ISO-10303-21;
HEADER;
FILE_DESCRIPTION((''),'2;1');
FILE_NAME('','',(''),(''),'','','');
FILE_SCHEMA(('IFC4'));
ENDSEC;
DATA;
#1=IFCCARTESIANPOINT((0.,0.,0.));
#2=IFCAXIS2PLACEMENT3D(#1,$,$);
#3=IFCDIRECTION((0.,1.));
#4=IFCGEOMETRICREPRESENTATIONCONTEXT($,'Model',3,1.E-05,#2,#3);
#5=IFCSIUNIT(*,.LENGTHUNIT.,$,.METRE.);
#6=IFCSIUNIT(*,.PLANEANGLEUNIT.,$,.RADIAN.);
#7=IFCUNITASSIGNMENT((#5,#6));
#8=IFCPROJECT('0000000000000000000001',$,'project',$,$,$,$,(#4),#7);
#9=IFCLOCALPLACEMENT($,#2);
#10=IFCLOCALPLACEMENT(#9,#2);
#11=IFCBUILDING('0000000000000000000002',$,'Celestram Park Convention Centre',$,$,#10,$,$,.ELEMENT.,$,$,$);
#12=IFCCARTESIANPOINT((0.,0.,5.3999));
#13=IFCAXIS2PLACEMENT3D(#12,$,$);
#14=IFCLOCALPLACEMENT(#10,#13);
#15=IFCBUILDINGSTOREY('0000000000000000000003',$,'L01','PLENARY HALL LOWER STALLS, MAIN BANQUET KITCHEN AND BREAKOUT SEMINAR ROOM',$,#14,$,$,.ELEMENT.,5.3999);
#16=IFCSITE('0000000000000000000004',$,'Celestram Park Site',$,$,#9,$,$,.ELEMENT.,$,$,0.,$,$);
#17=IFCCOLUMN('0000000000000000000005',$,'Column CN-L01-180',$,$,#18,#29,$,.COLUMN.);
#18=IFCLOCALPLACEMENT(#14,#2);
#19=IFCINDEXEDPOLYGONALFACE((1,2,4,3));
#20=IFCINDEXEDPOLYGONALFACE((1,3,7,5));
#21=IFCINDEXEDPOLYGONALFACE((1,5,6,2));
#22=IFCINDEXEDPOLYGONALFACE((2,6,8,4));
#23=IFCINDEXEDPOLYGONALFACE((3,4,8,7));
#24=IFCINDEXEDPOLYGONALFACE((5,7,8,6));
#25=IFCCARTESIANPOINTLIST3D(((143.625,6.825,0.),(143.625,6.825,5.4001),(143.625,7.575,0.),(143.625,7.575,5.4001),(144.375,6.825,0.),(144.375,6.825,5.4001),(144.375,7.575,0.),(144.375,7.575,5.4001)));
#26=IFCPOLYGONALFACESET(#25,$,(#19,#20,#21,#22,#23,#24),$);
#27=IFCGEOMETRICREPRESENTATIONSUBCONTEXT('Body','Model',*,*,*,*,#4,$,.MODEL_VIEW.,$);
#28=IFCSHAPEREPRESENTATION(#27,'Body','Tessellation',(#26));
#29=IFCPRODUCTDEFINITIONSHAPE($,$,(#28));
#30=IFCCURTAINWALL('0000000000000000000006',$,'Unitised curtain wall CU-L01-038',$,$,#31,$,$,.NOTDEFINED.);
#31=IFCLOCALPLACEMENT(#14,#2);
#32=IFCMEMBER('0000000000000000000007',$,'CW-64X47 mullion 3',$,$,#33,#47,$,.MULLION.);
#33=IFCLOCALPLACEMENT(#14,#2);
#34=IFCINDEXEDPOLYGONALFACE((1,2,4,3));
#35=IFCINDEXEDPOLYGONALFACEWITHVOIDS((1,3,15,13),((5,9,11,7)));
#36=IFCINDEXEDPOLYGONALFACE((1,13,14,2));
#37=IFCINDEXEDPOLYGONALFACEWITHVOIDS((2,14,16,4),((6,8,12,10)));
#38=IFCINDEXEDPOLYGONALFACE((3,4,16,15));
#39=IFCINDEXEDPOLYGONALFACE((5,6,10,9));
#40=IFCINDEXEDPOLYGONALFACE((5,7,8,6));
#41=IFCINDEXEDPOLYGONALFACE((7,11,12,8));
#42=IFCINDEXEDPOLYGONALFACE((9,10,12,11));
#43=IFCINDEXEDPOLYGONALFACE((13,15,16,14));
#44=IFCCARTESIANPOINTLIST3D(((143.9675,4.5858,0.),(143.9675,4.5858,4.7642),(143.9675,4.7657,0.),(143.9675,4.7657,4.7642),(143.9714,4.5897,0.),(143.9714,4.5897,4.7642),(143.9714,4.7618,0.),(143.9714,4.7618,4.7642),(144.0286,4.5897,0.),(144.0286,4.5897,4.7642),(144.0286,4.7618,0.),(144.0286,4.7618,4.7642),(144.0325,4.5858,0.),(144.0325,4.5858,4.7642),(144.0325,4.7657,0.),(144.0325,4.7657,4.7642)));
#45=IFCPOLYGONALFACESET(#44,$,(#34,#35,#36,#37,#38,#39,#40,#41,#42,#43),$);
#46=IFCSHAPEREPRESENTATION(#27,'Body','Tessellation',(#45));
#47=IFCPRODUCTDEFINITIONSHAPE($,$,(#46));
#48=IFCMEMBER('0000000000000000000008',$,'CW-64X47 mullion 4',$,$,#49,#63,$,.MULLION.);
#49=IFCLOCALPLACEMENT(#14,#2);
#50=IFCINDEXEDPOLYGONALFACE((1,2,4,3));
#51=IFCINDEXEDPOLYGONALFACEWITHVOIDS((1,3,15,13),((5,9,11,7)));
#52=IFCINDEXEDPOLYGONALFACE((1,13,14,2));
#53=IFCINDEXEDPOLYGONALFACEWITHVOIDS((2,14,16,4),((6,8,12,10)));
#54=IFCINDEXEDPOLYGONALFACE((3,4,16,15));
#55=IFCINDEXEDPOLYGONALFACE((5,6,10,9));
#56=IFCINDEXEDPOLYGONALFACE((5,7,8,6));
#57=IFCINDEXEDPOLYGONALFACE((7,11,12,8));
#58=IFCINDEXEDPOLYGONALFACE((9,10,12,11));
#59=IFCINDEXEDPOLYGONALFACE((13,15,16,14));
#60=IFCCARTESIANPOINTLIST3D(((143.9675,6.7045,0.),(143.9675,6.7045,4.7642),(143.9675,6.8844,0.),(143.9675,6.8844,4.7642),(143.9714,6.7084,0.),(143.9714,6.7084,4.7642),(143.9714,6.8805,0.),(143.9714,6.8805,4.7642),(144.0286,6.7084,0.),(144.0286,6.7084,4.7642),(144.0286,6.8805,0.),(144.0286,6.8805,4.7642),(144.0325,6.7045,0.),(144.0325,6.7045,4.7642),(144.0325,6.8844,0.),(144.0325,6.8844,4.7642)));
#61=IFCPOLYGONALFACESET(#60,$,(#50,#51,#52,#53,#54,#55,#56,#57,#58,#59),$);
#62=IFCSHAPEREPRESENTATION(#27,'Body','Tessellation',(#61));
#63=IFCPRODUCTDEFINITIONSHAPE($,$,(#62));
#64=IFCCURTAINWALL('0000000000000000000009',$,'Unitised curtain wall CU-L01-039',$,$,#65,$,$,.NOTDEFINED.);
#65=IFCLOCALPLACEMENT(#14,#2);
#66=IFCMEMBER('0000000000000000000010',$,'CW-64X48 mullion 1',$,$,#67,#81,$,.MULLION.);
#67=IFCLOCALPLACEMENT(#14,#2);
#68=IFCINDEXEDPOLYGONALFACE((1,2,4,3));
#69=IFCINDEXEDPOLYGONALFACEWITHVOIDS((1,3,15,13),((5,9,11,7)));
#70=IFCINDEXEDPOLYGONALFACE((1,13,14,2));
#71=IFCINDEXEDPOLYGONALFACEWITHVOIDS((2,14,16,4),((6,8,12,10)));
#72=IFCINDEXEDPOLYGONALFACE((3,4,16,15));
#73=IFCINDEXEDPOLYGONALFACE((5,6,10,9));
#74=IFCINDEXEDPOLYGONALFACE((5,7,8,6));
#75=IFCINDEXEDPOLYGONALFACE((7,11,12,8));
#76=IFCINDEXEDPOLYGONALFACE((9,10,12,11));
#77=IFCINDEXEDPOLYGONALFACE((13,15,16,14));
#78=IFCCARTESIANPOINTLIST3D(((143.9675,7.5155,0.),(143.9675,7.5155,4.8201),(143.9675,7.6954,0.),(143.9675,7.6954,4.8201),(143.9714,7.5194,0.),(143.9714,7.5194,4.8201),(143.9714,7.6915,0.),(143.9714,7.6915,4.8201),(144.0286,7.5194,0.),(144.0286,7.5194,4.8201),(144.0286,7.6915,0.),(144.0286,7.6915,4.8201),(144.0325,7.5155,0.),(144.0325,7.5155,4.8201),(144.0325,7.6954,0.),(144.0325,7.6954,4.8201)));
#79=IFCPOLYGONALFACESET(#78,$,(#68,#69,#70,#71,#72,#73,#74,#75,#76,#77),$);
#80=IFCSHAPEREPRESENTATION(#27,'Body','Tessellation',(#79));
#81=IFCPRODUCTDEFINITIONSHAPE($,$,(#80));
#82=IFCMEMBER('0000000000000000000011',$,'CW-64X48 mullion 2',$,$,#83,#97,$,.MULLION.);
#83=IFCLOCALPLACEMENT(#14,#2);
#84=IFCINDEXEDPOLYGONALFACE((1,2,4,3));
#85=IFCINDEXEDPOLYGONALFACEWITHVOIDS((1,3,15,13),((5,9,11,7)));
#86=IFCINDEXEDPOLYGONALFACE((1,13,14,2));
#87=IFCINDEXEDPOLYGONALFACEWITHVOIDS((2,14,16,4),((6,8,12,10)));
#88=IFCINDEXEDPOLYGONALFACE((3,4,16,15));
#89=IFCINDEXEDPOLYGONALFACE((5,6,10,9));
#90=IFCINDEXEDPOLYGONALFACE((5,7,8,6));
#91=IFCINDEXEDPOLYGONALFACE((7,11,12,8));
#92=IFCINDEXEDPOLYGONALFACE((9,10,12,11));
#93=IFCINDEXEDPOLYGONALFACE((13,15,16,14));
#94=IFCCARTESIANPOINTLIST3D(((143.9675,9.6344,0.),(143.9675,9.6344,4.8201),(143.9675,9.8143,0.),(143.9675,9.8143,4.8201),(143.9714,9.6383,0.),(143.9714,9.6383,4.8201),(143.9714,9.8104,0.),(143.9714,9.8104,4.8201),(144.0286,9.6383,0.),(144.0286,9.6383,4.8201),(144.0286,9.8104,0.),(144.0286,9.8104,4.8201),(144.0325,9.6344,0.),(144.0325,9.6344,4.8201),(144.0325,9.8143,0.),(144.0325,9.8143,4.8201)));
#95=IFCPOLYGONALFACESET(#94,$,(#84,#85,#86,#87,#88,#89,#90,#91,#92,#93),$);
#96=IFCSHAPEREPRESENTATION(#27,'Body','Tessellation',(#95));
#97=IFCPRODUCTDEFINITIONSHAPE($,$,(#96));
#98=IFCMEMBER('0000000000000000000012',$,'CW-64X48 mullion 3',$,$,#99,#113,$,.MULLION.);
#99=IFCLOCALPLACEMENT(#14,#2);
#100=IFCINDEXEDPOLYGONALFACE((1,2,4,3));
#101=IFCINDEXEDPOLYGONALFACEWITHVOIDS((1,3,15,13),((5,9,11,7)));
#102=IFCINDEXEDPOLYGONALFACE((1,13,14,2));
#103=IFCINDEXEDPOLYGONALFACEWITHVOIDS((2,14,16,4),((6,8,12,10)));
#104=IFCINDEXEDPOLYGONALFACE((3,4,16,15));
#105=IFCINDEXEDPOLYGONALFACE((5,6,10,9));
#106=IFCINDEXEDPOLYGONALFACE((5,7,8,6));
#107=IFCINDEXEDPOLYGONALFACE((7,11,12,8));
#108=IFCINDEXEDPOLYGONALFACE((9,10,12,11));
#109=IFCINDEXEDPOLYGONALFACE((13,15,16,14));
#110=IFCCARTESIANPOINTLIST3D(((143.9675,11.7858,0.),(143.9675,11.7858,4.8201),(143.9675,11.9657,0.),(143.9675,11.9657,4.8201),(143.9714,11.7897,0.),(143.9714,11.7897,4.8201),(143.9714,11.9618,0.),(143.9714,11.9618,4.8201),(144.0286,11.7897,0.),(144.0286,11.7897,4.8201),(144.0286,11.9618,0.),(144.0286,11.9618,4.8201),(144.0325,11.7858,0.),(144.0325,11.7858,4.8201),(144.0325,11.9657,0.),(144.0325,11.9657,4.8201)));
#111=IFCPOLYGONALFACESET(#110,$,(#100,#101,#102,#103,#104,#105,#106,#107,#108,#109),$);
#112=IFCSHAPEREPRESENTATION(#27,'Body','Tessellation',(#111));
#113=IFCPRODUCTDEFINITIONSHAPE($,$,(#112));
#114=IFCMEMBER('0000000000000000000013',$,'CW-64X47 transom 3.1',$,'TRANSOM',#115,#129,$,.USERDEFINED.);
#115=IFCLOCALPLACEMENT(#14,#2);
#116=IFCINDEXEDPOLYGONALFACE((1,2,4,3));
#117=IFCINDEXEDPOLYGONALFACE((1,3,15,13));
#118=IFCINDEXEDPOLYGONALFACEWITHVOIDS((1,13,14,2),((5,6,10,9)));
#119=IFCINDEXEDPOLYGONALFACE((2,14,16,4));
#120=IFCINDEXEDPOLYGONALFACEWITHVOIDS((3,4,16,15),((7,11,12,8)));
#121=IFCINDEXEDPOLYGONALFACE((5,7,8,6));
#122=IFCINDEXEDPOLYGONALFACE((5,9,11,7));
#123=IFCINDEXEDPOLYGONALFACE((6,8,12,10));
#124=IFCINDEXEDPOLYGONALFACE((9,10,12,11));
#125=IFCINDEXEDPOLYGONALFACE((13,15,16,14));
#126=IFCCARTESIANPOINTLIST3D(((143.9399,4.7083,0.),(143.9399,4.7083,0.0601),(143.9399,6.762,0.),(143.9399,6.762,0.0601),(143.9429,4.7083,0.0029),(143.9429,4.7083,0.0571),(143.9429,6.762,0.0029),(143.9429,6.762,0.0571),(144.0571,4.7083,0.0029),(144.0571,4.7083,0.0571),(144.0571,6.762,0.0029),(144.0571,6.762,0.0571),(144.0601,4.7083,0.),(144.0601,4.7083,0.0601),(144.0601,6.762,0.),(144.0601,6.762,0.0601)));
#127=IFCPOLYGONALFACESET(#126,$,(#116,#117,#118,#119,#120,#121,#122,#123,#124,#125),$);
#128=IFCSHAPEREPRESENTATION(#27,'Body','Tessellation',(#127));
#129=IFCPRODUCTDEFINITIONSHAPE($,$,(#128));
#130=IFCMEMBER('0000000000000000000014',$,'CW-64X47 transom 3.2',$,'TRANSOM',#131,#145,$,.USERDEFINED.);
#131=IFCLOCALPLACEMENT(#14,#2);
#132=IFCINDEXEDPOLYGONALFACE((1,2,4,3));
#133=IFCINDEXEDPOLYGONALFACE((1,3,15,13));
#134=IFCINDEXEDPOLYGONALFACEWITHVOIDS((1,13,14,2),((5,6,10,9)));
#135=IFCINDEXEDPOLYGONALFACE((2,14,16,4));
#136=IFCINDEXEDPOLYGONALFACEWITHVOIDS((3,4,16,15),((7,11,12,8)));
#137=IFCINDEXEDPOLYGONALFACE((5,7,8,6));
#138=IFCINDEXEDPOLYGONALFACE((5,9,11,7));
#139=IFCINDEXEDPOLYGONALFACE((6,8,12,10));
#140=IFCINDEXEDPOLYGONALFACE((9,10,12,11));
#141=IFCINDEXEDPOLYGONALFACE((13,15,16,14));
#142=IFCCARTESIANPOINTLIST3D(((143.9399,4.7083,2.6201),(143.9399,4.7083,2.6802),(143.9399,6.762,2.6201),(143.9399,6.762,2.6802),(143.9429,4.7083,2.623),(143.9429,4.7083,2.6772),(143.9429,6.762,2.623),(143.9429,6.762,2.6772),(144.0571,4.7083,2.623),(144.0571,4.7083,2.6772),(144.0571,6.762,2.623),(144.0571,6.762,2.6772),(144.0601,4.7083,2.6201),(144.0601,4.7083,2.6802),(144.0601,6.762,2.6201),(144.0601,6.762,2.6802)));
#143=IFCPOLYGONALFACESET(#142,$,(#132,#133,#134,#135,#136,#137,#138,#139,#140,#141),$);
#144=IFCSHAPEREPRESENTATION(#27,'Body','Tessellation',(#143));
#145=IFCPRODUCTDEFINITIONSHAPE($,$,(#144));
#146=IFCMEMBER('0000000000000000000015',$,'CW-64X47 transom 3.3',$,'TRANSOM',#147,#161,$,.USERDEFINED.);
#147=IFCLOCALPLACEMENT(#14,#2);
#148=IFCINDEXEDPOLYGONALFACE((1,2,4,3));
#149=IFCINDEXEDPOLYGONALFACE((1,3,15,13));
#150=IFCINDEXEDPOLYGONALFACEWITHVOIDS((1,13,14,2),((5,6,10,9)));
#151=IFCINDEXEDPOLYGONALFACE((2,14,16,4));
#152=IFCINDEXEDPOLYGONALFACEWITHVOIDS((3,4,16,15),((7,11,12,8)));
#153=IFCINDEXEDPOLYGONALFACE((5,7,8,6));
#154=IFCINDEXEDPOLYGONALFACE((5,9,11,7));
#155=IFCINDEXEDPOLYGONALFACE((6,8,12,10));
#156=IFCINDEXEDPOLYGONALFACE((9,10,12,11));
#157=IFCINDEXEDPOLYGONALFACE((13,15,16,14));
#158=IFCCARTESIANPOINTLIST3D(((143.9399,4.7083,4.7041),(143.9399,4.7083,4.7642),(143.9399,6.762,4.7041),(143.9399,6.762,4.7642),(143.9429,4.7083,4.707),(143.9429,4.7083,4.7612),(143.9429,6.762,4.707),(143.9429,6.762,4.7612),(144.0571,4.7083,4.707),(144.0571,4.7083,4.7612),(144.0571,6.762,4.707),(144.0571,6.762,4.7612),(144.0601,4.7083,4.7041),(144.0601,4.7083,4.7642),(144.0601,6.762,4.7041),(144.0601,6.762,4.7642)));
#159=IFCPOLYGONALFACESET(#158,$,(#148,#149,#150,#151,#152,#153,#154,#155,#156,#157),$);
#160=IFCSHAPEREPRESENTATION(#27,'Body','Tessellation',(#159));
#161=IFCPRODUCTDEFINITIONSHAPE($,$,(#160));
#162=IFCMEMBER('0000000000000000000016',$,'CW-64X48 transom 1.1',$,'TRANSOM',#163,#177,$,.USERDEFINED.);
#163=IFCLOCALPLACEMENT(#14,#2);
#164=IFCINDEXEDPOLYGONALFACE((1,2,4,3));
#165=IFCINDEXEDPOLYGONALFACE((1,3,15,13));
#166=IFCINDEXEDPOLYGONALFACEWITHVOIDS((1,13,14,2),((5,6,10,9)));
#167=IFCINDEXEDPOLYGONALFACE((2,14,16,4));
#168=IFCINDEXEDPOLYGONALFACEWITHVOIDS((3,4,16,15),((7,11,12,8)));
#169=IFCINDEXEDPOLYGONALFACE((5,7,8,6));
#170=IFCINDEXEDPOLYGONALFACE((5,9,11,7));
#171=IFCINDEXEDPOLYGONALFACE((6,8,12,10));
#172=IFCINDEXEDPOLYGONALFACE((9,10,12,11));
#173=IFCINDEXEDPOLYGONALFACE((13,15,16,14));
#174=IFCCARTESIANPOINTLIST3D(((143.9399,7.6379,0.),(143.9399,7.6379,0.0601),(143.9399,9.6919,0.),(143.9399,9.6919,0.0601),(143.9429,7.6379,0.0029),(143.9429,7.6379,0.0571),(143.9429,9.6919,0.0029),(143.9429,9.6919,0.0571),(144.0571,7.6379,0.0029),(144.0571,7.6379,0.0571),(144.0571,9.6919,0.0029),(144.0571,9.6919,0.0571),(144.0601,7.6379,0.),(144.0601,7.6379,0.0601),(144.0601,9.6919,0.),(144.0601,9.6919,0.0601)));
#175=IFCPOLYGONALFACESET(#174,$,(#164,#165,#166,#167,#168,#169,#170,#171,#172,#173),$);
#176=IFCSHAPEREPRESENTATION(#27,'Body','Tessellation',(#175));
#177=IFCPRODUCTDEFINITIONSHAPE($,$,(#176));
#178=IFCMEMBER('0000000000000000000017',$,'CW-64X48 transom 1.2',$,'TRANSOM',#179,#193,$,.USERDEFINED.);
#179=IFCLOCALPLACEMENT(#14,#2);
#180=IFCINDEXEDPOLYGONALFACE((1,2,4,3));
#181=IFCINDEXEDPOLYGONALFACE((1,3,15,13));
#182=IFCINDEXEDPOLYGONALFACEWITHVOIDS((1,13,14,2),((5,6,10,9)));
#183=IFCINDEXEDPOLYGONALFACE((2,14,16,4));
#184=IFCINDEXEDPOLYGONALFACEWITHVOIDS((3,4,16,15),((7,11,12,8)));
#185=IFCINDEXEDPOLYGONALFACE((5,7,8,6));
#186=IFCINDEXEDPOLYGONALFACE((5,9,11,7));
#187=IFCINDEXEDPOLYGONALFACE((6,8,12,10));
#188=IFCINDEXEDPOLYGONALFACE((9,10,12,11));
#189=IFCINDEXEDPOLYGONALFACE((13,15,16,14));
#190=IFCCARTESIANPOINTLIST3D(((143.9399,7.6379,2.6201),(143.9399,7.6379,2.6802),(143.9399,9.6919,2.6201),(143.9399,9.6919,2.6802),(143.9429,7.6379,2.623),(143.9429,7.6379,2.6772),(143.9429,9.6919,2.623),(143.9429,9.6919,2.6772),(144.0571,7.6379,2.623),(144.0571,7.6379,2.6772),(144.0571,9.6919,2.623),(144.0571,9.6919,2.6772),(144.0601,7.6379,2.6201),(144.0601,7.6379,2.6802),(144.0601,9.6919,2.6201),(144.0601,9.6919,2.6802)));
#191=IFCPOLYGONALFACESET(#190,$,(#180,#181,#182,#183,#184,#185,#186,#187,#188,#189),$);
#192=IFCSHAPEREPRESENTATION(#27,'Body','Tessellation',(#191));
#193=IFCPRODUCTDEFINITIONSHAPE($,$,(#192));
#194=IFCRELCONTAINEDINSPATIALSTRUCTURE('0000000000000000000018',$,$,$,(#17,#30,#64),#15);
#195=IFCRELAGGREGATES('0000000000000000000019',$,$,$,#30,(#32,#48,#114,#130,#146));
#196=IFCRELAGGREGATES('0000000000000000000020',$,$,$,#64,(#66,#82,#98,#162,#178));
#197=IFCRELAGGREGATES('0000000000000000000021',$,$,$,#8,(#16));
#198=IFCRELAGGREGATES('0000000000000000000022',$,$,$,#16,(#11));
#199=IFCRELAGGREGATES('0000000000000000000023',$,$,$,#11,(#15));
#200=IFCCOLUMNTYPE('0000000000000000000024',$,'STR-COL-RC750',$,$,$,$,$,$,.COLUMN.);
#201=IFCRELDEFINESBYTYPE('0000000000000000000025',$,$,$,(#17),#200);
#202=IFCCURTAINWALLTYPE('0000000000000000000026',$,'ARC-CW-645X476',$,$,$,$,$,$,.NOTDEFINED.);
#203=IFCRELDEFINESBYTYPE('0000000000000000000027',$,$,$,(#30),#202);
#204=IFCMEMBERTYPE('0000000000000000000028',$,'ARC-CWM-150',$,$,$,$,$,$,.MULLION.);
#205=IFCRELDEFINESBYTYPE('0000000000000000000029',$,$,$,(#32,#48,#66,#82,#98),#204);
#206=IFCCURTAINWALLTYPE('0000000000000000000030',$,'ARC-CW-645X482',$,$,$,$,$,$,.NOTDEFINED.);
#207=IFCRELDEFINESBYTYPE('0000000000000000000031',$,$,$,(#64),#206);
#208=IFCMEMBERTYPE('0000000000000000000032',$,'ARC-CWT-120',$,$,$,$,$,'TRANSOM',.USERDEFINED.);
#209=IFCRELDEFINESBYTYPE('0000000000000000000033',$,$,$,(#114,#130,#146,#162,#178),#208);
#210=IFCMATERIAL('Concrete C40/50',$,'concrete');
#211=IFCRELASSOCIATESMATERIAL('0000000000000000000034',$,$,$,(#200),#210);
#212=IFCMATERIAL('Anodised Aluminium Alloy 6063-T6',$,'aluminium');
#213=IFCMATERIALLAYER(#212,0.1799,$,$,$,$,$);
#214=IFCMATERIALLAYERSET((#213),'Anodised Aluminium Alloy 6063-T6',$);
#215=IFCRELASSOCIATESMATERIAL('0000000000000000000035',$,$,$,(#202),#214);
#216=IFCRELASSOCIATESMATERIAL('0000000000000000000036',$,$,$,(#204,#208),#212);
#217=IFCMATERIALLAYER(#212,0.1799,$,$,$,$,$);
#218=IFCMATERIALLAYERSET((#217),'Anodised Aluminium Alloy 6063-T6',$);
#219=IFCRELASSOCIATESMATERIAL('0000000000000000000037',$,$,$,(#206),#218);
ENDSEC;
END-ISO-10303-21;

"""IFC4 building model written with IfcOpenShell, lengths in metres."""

from ifc_helpers import new_model, si_unit, direction, frame, origin, origin_2d, place, context, subcontext, project, spatial, rectangle, hollow_rectangle, extrude, material, layer, layer_set, material_profile, profile_set, type_object, element, aggregate, save


model = new_model("IFC4")

# Units and contexts
model_context = context("Model", 3, precision=1e-05, world=origin(), true_north=direction((0.0, 1.0)))
body_context = subcontext(model_context, "Body", "Model", "MODEL_VIEW")
ifc_project = project(units=[si_unit("LENGTHUNIT", "METRE"), si_unit("PLANEANGLEUNIT", "RADIAN")], contexts=[model_context])

# Site, building, storey
site_placement = place(None, origin())
site = spatial("IfcSite", under=ifc_project, at=site_placement, Name="Celestram Park Site", CompositionType="ELEMENT", RefElevation=0.0)
building_placement = place(site_placement, origin())
building = spatial("IfcBuilding", under=site, at=building_placement, Name="Celestram Park Convention Centre", CompositionType="ELEMENT")
storey_placement = place(building_placement, frame((0.0, 0.0, 5.3999)))
storey = spatial("IfcBuildingStorey", under=building, at=storey_placement, Name="L01", Description="PLENARY HALL LOWER STALLS, MAIN BANQUET KITCHEN AND BREAKOUT SEMINAR ROOM", CompositionType="ELEMENT", Elevation=5.3999)

# Column
ifc_material_1 = material(Name="Concrete C40/50", Category="concrete")
ifc_material_profile_1 = material_profile(ifc_material_1, rectangle(XDim=0.75, YDim=0.75, at=origin_2d()), Name="RC750X750")
ifc_profile_set_1 = profile_set([ifc_material_profile_1], Name="Concrete C40/50")
column_type = type_object("IfcColumnType", Name="STR-COL-RC750", PredefinedType="COLUMN", material=ifc_profile_set_1)
column_placement = place(storey_placement, frame((144.0, 7.2, 0.0), z_axis=(0.0, 0.0, 1.0), x_axis=(1.0, 0.0, 0.0)))
element("IfcColumn", 1, at=column_placement, inside=storey, type_object=column_type, Name="Column CN-L01-180", PredefinedType="COLUMN", context=body_context, shape_type="SweptSolid", body=[
    extrude(rectangle(XDim=0.75, YDim=0.75, at=origin_2d()), origin(), (0.0, 0.0, 1.0), 5.4001),
])

# Curtain walls, members
ifc_material_2 = material(Name="Anodised Aluminium Alloy 6063-T6", Category="aluminium")
ifc_layer_1 = layer(ifc_material_2, 0.1799)
ifc_layer_set_1 = layer_set([ifc_layer_1], Name="Anodised Aluminium Alloy 6063-T6")
curtain_wall_type_1 = type_object("IfcCurtainWallType", Name="ARC-CW-645X476", PredefinedType="NOTDEFINED", material=ifc_layer_set_1)
curtain_wall_1_placement = place(storey_placement, origin())
curtain_wall_1 = element("IfcCurtainWall", 2, at=curtain_wall_1_placement, inside=storey, type_object=curtain_wall_type_1, Name="Unitised curtain wall CU-L01-038", PredefinedType="NOTDEFINED")
ifc_material_profile_2 = material_profile(ifc_material_2, hollow_rectangle(XDim=0.0649, YDim=0.1799, WallThickness=0.0039, at=origin_2d()), Name="ALU65X180X4")
ifc_profile_set_2 = profile_set([ifc_material_profile_2], Name="Anodised Aluminium Alloy 6063-T6")
member_type_1 = type_object("IfcMemberType", Name="ARC-CWM-150", PredefinedType="MULLION", material=ifc_profile_set_2)
member_1_placement = place(storey_placement, frame((144.0, 4.6758, 0.0), z_axis=(0.0, 0.0, 1.0), x_axis=(-1.0, 0.0, 0.0)))
member_1 = element("IfcMember", 3, at=member_1_placement, type_object=member_type_1, Name="CW-64X47 mullion 3", PredefinedType="MULLION", context=body_context, shape_type="SweptSolid", body=[
    extrude(hollow_rectangle(XDim=0.0649, YDim=0.1799, WallThickness=0.0039, at=origin_2d()), origin(), (0.0, 0.0, 1.0), 4.7642),
])
member_2_placement = place(storey_placement, frame((144.0, 6.7944, 0.0), z_axis=(0.0, 0.0, 1.0), x_axis=(-1.0, 0.0, 0.0)))
member_2 = element("IfcMember", 4, at=member_2_placement, type_object=member_type_1, Name="CW-64X47 mullion 4", PredefinedType="MULLION", context=body_context, shape_type="SweptSolid", body=[
    extrude(hollow_rectangle(XDim=0.0649, YDim=0.1799, WallThickness=0.0039, at=origin_2d()), origin(), (0.0, 0.0, 1.0), 4.7642),
])
ifc_layer_2 = layer(ifc_material_2, 0.1799)
ifc_layer_set_2 = layer_set([ifc_layer_2], Name="Anodised Aluminium Alloy 6063-T6")
curtain_wall_type_2 = type_object("IfcCurtainWallType", Name="ARC-CW-645X482", PredefinedType="NOTDEFINED", material=ifc_layer_set_2)
curtain_wall_2_placement = place(storey_placement, origin())
curtain_wall_2 = element("IfcCurtainWall", 5, at=curtain_wall_2_placement, inside=storey, type_object=curtain_wall_type_2, Name="Unitised curtain wall CU-L01-039", PredefinedType="NOTDEFINED")
member_3_placement = place(storey_placement, frame((144.0, 7.6055, 0.0), z_axis=(0.0, 0.0, 1.0), x_axis=(-1.0, 0.0, 0.0)))
member_3 = element("IfcMember", 6, at=member_3_placement, type_object=member_type_1, Name="CW-64X48 mullion 1", PredefinedType="MULLION", context=body_context, shape_type="SweptSolid", body=[
    extrude(hollow_rectangle(XDim=0.0649, YDim=0.1799, WallThickness=0.0039, at=origin_2d()), origin(), (0.0, 0.0, 1.0), 4.8201),
])
member_4_placement = place(storey_placement, frame((144.0, 9.7244, 0.0), z_axis=(0.0, 0.0, 1.0), x_axis=(-1.0, 0.0, 0.0)))
member_4 = element("IfcMember", 7, at=member_4_placement, type_object=member_type_1, Name="CW-64X48 mullion 2", PredefinedType="MULLION", context=body_context, shape_type="SweptSolid", body=[
    extrude(hollow_rectangle(XDim=0.0649, YDim=0.1799, WallThickness=0.0039, at=origin_2d()), origin(), (0.0, 0.0, 1.0), 4.8201),
])
member_5_placement = place(storey_placement, frame((144.0, 11.8757, 0.0), z_axis=(0.0, 0.0, 1.0), x_axis=(-1.0, 0.0, 0.0)))
member_5 = element("IfcMember", 8, at=member_5_placement, type_object=member_type_1, Name="CW-64X48 mullion 3", PredefinedType="MULLION", context=body_context, shape_type="SweptSolid", body=[
    extrude(hollow_rectangle(XDim=0.0649, YDim=0.1799, WallThickness=0.0039, at=origin_2d()), origin(), (0.0, 0.0, 1.0), 4.8201),
])

# Members
ifc_material_profile_3 = material_profile(ifc_material_2, hollow_rectangle(XDim=0.1201, YDim=0.0601, WallThickness=0.0029, at=origin_2d()), Name="ALU120X60X3")
ifc_profile_set_3 = profile_set([ifc_material_profile_3], Name="Anodised Aluminium Alloy 6063-T6")
member_type_2 = type_object("IfcMemberType", Name="ARC-CWT-120", ElementType="TRANSOM", PredefinedType="USERDEFINED", material=ifc_profile_set_3)
member_6_placement = place(storey_placement, frame((144.0, 4.7083, 0.03), z_axis=(0.0, 1.0, 0.0), x_axis=(-1.0, 0.0, 0.0)))
member_6 = element("IfcMember", 9, at=member_6_placement, type_object=member_type_2, Name="CW-64X47 transom 3.1", ObjectType="TRANSOM", PredefinedType="USERDEFINED", context=body_context, shape_type="SweptSolid", body=[
    extrude(hollow_rectangle(XDim=0.1201, YDim=0.0601, WallThickness=0.0029, at=origin_2d()), origin(), (0.0, 0.0, 1.0), 2.0537),
])
member_7_placement = place(storey_placement, frame((144.0, 4.7083, 2.6501), z_axis=(0.0, 1.0, 0.0), x_axis=(-1.0, 0.0, 0.0)))
member_7 = element("IfcMember", 10, at=member_7_placement, type_object=member_type_2, Name="CW-64X47 transom 3.2", ObjectType="TRANSOM", PredefinedType="USERDEFINED", context=body_context, shape_type="SweptSolid", body=[
    extrude(hollow_rectangle(XDim=0.1201, YDim=0.0601, WallThickness=0.0029, at=origin_2d()), origin(), (0.0, 0.0, 1.0), 2.0537),
])
member_8_placement = place(storey_placement, frame((144.0, 4.7083, 4.7341), z_axis=(0.0, 1.0, 0.0), x_axis=(-1.0, 0.0, 0.0)))
member_8 = element("IfcMember", 11, at=member_8_placement, type_object=member_type_2, Name="CW-64X47 transom 3.3", ObjectType="TRANSOM", PredefinedType="USERDEFINED", context=body_context, shape_type="SweptSolid", body=[
    extrude(hollow_rectangle(XDim=0.1201, YDim=0.0601, WallThickness=0.0029, at=origin_2d()), origin(), (0.0, 0.0, 1.0), 2.0537),
])
member_9_placement = place(storey_placement, frame((144.0, 7.6379, 0.03), z_axis=(0.0, 1.0, 0.0), x_axis=(-1.0, 0.0, 0.0)))
member_9 = element("IfcMember", 12, at=member_9_placement, type_object=member_type_2, Name="CW-64X48 transom 1.1", ObjectType="TRANSOM", PredefinedType="USERDEFINED", context=body_context, shape_type="SweptSolid", body=[
    extrude(hollow_rectangle(XDim=0.1201, YDim=0.0601, WallThickness=0.0029, at=origin_2d()), origin(), (0.0, 0.0, 1.0), 2.054),
])
member_10_placement = place(storey_placement, frame((144.0, 7.6379, 2.6501), z_axis=(0.0, 1.0, 0.0), x_axis=(-1.0, 0.0, 0.0)))
member_10 = element("IfcMember", 13, at=member_10_placement, type_object=member_type_2, Name="CW-64X48 transom 1.2", ObjectType="TRANSOM", PredefinedType="USERDEFINED", context=body_context, shape_type="SweptSolid", body=[
    extrude(hollow_rectangle(XDim=0.1201, YDim=0.0601, WallThickness=0.0029, at=origin_2d()), origin(), (0.0, 0.0, 1.0), 2.054),
])

aggregate(curtain_wall_1, [member_1, member_2, member_6, member_7, member_8])
aggregate(curtain_wall_2, [member_3, member_4, member_5, member_9, member_10])

save(model, "model.ifc")
